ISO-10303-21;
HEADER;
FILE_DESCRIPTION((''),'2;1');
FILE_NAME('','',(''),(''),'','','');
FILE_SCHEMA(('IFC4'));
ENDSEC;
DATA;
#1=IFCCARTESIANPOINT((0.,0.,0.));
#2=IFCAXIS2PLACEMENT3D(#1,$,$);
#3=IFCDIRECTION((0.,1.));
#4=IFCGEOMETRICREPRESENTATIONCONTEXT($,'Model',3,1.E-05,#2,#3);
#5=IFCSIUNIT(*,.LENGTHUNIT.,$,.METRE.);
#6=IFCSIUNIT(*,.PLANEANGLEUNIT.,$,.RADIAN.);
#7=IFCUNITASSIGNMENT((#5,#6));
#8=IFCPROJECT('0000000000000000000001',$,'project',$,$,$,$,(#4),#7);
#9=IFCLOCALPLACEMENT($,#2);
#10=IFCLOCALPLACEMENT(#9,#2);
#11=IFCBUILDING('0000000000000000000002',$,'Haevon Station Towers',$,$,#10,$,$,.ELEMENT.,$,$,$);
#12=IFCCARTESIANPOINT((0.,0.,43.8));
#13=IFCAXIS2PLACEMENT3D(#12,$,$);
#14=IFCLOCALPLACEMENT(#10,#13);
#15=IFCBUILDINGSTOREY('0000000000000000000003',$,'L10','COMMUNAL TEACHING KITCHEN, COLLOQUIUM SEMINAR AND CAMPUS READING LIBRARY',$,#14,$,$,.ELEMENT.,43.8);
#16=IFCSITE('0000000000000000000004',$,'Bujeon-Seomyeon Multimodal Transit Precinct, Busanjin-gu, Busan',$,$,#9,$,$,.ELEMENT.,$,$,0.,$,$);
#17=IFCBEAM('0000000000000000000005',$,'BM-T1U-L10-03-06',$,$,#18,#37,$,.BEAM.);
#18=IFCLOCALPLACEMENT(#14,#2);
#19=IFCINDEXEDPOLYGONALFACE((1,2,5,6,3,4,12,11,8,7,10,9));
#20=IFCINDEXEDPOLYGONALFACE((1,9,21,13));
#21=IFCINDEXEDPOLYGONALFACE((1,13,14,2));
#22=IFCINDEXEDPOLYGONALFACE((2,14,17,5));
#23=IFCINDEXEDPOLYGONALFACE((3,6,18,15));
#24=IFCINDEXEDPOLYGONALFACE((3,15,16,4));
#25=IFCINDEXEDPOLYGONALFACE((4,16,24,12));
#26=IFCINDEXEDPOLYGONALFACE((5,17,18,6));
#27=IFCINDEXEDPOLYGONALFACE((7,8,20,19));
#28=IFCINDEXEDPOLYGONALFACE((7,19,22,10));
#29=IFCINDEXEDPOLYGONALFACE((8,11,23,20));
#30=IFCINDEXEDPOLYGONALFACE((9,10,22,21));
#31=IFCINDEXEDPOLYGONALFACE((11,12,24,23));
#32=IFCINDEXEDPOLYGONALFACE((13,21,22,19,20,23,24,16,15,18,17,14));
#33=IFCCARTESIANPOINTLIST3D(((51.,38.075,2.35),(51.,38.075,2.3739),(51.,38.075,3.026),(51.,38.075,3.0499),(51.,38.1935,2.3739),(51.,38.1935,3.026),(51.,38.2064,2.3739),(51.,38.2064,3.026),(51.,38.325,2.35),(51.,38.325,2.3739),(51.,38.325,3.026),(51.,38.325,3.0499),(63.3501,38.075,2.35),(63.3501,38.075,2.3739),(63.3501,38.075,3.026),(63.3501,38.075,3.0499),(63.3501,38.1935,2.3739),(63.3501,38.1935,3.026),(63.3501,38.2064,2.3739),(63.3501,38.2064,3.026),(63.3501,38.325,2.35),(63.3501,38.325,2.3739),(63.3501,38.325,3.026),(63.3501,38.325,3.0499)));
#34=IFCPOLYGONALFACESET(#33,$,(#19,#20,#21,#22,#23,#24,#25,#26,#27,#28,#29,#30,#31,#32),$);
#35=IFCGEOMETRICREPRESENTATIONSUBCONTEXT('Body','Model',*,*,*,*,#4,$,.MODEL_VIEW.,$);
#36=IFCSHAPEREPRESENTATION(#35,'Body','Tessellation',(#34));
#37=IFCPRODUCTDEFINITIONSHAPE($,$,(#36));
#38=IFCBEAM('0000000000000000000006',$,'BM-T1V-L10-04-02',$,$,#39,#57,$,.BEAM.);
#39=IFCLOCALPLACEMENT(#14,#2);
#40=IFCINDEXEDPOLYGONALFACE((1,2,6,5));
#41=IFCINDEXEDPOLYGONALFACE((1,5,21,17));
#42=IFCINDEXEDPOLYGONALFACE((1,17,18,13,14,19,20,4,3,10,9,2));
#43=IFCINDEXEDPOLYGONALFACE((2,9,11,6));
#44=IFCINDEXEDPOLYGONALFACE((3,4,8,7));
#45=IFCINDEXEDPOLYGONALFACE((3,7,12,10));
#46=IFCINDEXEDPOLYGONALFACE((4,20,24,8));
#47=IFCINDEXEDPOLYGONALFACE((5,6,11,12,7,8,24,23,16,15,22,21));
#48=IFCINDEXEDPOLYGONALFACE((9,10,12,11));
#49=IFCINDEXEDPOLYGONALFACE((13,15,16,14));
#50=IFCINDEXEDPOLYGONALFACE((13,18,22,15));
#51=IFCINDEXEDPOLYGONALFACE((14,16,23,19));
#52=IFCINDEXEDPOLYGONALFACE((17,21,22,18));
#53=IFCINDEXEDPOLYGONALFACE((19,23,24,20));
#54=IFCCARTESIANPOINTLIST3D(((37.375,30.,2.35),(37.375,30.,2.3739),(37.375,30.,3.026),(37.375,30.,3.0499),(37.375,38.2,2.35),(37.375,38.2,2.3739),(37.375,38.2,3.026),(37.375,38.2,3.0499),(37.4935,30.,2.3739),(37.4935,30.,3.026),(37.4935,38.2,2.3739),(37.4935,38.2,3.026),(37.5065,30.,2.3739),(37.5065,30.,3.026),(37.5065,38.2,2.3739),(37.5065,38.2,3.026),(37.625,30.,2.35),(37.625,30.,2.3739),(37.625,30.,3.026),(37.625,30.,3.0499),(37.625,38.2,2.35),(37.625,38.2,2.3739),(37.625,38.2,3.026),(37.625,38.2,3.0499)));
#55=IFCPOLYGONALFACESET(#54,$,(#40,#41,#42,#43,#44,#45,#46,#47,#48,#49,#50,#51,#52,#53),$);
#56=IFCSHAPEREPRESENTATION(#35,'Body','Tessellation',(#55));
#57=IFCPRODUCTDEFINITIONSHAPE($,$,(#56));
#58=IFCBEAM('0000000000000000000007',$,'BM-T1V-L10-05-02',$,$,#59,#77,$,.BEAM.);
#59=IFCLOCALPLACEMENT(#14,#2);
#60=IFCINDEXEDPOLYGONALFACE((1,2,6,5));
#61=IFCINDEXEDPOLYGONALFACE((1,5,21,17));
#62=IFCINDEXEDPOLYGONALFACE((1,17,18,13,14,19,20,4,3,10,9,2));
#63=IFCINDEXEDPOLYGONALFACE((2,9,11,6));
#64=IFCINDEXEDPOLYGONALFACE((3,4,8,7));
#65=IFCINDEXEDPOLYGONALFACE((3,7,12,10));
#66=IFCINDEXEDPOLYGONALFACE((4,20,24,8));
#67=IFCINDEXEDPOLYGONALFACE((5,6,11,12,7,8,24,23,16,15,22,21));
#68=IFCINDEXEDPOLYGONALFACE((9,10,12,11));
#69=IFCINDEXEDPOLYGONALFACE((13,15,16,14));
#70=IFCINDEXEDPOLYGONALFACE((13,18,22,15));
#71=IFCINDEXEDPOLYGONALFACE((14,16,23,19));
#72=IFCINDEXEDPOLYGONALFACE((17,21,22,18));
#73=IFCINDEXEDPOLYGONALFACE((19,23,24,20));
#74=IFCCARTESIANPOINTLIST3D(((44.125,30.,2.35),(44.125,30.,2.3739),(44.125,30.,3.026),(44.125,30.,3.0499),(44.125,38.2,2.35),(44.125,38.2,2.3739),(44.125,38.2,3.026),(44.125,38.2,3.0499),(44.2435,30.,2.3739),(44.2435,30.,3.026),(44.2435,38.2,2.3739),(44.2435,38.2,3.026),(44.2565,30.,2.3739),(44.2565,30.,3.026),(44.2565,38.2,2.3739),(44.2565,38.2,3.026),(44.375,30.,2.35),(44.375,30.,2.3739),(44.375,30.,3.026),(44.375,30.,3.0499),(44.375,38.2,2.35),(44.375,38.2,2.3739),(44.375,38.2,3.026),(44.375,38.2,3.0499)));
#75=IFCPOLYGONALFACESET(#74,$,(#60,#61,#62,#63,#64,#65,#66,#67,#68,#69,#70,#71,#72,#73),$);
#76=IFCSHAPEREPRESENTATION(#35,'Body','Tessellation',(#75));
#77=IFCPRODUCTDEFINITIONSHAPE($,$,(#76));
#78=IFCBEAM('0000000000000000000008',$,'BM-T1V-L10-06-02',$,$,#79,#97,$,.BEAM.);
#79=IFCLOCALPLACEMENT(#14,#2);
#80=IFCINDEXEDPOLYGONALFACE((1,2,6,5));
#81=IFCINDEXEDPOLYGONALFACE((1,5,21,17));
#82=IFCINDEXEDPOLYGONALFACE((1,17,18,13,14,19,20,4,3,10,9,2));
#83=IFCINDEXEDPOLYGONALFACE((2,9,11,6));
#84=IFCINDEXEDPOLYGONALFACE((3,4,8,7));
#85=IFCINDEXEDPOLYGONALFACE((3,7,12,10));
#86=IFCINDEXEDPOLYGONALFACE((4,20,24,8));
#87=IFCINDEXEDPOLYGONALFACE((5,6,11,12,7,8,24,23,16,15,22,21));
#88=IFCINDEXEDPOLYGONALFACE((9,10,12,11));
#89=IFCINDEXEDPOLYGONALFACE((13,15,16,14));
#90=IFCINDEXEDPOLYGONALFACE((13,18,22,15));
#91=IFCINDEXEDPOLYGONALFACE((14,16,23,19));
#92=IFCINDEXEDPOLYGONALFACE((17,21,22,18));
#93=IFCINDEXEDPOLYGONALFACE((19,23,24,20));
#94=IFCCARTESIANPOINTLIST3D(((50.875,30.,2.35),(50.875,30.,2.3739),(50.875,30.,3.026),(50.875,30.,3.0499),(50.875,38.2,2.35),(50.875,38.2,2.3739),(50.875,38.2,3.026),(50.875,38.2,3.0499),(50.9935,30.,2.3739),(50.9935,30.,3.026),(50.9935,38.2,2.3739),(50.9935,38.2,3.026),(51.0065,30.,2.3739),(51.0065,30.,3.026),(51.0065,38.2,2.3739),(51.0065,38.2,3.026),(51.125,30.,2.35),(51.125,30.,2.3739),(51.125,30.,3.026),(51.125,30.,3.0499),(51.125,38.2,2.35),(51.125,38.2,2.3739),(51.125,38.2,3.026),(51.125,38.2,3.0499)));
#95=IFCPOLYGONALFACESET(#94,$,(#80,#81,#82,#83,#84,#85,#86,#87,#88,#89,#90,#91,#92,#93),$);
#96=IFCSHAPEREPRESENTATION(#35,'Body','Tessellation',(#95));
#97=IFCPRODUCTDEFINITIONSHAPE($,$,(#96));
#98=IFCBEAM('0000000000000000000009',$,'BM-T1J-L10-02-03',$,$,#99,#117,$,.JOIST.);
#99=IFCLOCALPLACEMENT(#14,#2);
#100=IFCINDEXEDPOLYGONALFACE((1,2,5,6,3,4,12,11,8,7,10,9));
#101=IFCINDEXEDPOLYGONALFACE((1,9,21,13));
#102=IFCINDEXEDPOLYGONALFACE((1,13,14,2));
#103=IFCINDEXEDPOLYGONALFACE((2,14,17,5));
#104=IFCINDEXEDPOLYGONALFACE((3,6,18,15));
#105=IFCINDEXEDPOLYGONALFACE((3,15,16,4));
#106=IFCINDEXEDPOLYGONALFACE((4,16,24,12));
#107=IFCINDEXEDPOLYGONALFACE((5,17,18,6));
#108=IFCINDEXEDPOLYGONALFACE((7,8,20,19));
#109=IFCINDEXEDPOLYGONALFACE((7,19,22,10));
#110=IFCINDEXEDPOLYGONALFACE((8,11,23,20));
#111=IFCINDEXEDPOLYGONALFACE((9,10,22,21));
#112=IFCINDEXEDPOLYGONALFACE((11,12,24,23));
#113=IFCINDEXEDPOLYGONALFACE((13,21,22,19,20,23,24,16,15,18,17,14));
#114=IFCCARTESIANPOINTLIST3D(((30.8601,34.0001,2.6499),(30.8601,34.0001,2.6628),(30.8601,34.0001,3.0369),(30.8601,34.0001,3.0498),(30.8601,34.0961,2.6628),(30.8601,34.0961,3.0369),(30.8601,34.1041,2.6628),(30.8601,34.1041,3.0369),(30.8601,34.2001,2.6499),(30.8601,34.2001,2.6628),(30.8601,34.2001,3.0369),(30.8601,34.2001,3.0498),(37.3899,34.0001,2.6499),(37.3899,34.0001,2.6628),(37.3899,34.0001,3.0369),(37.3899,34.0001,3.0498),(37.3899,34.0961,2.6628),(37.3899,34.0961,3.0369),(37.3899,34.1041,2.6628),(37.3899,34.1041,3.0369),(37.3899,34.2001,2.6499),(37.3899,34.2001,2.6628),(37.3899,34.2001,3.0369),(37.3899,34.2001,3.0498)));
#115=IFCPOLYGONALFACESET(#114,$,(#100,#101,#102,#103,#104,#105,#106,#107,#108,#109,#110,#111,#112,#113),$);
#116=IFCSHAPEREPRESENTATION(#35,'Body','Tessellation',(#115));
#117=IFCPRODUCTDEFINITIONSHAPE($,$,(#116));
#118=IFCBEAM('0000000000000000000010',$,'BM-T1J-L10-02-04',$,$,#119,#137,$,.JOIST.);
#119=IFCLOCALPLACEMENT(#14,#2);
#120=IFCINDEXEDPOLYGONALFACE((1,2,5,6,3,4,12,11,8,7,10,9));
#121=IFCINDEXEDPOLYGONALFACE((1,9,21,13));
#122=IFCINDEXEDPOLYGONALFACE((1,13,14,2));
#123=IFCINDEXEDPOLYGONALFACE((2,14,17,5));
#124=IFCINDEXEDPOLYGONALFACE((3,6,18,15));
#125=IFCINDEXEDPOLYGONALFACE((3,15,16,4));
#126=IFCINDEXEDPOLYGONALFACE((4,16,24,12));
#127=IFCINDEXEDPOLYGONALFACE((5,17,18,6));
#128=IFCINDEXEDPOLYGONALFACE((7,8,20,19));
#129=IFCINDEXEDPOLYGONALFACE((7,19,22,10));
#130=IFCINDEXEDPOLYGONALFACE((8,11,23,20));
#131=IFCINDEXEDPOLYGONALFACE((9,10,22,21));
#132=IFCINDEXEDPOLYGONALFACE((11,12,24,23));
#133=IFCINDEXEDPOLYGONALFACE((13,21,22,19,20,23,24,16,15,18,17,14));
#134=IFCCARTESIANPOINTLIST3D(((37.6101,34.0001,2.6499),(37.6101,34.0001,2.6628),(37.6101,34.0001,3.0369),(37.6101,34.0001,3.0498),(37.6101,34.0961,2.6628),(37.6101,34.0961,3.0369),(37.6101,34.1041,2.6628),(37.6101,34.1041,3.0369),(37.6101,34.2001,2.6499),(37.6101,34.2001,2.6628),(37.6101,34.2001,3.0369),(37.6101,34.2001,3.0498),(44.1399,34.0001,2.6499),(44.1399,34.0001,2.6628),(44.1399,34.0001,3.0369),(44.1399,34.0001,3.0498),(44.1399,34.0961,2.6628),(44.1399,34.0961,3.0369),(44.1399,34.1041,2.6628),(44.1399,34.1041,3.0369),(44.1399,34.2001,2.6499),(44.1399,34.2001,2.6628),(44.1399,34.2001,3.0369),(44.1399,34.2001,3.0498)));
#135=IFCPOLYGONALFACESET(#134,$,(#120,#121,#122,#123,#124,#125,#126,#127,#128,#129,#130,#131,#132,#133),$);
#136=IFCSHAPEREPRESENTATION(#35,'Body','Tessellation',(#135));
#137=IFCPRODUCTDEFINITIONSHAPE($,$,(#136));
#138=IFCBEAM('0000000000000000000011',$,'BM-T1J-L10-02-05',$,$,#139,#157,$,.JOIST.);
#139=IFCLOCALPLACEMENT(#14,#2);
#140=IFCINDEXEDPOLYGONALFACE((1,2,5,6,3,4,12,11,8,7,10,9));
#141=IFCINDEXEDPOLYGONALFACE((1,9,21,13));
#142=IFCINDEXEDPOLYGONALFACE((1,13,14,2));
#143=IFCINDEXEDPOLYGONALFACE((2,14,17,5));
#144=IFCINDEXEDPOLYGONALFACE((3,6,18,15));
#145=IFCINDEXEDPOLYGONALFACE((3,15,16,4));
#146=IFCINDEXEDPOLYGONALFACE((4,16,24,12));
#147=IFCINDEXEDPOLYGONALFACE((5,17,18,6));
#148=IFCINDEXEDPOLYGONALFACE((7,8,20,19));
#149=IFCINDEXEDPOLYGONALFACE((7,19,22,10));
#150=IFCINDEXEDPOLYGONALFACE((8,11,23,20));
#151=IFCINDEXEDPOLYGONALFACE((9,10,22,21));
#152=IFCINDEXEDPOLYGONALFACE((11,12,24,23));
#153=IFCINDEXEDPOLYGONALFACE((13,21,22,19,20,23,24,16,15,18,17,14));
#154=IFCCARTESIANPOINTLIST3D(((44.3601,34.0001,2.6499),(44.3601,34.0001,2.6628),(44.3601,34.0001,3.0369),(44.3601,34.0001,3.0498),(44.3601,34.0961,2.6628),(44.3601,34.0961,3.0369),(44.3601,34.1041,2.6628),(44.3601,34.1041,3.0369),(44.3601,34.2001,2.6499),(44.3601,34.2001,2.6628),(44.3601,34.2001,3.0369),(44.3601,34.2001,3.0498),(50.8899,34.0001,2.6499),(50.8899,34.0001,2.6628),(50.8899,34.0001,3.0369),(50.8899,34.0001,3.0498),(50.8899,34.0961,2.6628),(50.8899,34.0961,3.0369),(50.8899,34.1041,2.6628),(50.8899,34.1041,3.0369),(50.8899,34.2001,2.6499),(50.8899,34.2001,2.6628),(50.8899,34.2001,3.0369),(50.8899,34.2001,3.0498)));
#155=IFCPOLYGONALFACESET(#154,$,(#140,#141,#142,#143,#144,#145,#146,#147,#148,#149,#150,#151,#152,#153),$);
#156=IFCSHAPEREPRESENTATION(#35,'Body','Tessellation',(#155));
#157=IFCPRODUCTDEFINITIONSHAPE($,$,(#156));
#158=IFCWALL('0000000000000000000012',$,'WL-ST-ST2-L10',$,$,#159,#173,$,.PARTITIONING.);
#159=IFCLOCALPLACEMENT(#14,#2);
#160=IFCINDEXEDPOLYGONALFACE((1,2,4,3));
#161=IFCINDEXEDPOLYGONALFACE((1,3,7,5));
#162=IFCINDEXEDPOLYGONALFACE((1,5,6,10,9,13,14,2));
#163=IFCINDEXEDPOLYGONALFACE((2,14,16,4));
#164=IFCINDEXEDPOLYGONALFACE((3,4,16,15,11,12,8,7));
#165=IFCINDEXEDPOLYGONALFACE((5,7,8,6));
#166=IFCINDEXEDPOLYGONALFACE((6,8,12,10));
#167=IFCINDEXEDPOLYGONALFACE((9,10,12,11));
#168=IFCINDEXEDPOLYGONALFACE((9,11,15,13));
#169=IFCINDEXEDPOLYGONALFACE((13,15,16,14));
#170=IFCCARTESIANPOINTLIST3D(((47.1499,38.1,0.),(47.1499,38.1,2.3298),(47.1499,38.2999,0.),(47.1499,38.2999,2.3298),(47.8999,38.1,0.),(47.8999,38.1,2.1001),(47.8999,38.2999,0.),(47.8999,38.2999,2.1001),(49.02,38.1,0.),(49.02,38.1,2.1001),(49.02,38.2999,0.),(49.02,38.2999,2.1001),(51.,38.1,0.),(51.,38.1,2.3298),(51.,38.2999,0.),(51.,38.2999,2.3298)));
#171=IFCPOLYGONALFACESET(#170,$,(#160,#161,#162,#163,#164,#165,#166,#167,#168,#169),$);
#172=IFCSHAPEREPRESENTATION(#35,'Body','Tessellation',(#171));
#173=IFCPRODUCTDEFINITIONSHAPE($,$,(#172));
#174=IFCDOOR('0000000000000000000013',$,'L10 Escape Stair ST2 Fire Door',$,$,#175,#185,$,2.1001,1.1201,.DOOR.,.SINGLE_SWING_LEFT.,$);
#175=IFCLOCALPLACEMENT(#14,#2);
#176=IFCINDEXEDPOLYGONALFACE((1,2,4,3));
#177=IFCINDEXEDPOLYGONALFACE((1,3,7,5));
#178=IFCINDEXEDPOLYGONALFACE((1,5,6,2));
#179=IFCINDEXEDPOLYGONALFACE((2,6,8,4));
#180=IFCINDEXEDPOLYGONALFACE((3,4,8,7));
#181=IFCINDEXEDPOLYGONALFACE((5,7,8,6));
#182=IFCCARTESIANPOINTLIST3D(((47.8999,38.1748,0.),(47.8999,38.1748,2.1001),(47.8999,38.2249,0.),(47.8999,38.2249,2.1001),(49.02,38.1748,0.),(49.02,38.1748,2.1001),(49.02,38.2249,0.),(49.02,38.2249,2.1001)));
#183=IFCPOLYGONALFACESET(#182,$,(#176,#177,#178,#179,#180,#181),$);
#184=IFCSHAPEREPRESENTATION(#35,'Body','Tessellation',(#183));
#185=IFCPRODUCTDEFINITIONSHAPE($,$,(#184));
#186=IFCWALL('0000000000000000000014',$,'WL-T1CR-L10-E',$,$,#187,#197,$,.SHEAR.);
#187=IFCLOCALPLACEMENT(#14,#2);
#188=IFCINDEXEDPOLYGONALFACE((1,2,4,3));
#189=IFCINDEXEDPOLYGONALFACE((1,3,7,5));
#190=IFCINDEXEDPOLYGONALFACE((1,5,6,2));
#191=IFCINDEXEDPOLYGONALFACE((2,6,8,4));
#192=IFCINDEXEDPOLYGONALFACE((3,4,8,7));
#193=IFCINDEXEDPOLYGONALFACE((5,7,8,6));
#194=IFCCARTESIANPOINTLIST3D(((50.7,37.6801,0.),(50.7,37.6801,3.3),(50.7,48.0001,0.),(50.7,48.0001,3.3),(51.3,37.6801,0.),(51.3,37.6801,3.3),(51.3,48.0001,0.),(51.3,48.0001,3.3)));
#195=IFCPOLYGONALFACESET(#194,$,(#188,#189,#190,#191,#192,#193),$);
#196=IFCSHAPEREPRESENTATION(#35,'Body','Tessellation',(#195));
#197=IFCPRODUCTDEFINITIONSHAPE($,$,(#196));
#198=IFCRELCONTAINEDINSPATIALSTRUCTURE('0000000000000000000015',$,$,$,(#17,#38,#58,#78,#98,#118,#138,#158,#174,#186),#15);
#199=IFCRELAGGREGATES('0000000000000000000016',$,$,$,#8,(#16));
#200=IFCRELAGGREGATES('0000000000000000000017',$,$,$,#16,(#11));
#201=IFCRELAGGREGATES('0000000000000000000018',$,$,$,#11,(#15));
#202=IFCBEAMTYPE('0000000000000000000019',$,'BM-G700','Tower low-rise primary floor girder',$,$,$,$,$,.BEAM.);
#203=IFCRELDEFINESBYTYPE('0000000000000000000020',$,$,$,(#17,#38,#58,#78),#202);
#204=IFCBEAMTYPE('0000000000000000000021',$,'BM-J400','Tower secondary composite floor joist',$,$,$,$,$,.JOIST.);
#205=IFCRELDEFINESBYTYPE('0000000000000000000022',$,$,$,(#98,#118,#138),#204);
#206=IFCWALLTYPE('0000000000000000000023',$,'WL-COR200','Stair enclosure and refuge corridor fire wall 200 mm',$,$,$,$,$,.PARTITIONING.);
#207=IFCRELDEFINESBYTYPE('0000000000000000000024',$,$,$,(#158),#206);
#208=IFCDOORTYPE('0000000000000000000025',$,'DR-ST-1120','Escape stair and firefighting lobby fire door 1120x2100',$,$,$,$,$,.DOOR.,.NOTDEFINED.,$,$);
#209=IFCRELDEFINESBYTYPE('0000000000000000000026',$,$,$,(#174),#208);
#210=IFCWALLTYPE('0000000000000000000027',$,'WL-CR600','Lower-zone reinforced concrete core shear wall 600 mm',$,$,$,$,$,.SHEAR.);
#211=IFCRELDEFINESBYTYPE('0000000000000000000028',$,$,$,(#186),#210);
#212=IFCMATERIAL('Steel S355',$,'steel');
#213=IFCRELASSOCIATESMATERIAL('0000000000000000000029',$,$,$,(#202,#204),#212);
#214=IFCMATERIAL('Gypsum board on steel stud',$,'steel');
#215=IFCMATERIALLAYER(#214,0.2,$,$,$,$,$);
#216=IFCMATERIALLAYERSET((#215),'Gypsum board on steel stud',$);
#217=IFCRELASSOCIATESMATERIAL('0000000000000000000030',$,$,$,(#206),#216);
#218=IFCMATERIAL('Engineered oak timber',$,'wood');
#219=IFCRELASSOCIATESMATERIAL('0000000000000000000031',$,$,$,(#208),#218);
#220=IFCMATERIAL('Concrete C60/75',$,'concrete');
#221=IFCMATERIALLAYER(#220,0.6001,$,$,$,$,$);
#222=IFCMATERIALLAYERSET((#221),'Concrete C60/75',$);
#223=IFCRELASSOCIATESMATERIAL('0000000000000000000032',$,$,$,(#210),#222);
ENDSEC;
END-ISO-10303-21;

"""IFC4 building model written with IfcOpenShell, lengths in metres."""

from ifc_helpers import new_model, si_unit, direction, frame, frame_2d, origin, origin_2d, place, context, subcontext, project, spatial, rectangle, i_section, extrude, material, layer, layer_set, material_profile, profile_set, type_object, element, fill, save


model = new_model("IFC4")

# Units and contexts
model_context = context("Model", 3, precision=1e-05, world=origin(), true_north=direction((0.0, 1.0)))
body_context = subcontext(model_context, "Body", "Model", "MODEL_VIEW")
ifc_project = project(units=[si_unit("LENGTHUNIT", "METRE"), si_unit("PLANEANGLEUNIT", "RADIAN")], contexts=[model_context])

# Site, building, storey
site_placement = place(None, origin())
site = spatial("IfcSite", under=ifc_project, at=site_placement, Name="Bujeon-Seomyeon Multimodal Transit Precinct, Busanjin-gu, Busan", CompositionType="ELEMENT", RefElevation=0.0)
building_placement = place(site_placement, origin())
building = spatial("IfcBuilding", under=site, at=building_placement, Name="Haevon Station Towers", CompositionType="ELEMENT")
storey_placement = place(building_placement, frame((0.0, 0.0, 43.8)))
storey = spatial("IfcBuildingStorey", under=building, at=storey_placement, Name="L10", Description="COMMUNAL TEACHING KITCHEN, COLLOQUIUM SEMINAR AND CAMPUS READING LIBRARY", CompositionType="ELEMENT", Elevation=43.8)

# Beams
ifc_material_1 = material(Name="Steel S355", Category="steel")
ifc_material_profile_1 = material_profile(ifc_material_1, i_section(OverallWidth=0.25, OverallDepth=0.7, WebThickness=0.0129, FlangeThickness=0.0239, at=origin_2d()), Name="H-700x250x13x24")
ifc_profile_set_1 = profile_set([ifc_material_profile_1], Name="Steel S355")
beam_type_1 = type_object("IfcBeamType", Name="BM-G700", Description="Tower low-rise primary floor girder", PredefinedType="BEAM", material=ifc_profile_set_1)
beam_1_placement = place(storey_placement, frame((51.0, 38.2, 2.7), z_axis=(1.0, 0.0, 0.0), x_axis=(0.0, 1.0, 0.0)))
element("IfcBeam", 1, at=beam_1_placement, inside=storey, type_object=beam_type_1, Name="BM-T1U-L10-03-06", PredefinedType="BEAM", context=body_context, shape_type="SweptSolid", body=[
    extrude(i_section(OverallWidth=0.25, OverallDepth=0.7, WebThickness=0.0129, FlangeThickness=0.0239, at=origin_2d()), origin(), (0.0, 0.0, 1.0), 12.3501),
])
for number, where, z_axis, x_axis, name in (
    (2, (37.5, 30.0, 2.7), (0.0, 1.0, 0.0), (-1.0, 0.0, 0.0), "BM-T1V-L10-04-02"),
    (3, (44.25, 30.0, 2.7), (0.0, 1.0, 0.0), (-1.0, 0.0, 0.0), "BM-T1V-L10-05-02"),
    (4, (51.0, 30.0, 2.7), (0.0, 1.0, 0.0), (-1.0, 0.0, 0.0), "BM-T1V-L10-06-02"),
):
    element("IfcBeam", number, at=place(storey_placement, frame(where, z_axis=z_axis, x_axis=x_axis)), inside=storey, type_object=beam_type_1, Name=name, PredefinedType="BEAM", context=body_context, shape_type="SweptSolid", body=[
        extrude(i_section(OverallWidth=0.25, OverallDepth=0.7, WebThickness=0.0129, FlangeThickness=0.0239, at=origin_2d()), origin(), (0.0, 0.0, 1.0), 8.2),
    ])
ifc_material_profile_2 = material_profile(ifc_material_1, i_section(OverallWidth=0.2, OverallDepth=0.3999, WebThickness=0.0081, FlangeThickness=0.0129, at=origin_2d()), Name="H-400x200x8x13")
ifc_profile_set_2 = profile_set([ifc_material_profile_2], Name="Steel S355")
beam_type_2 = type_object("IfcBeamType", Name="BM-J400", Description="Tower secondary composite floor joist", PredefinedType="JOIST", material=ifc_profile_set_2)
for number, where, z_axis, x_axis, name in (
    (5, (30.8601, 34.1001, 2.8499), (1.0, 0.0, 0.0), (0.0, 1.0, 0.0), "BM-T1J-L10-02-03"),
    (6, (37.6101, 34.1001, 2.8499), (1.0, 0.0, 0.0), (0.0, 1.0, 0.0), "BM-T1J-L10-02-04"),
    (7, (44.3601, 34.1001, 2.8499), (1.0, 0.0, 0.0), (0.0, 1.0, 0.0), "BM-T1J-L10-02-05"),
):
    element("IfcBeam", number, at=place(storey_placement, frame(where, z_axis=z_axis, x_axis=x_axis)), inside=storey, type_object=beam_type_2, Name=name, PredefinedType="JOIST", context=body_context, shape_type="SweptSolid", body=[
        extrude(i_section(OverallWidth=0.2, OverallDepth=0.3999, WebThickness=0.0081, FlangeThickness=0.0129, at=origin_2d()), origin(), (0.0, 0.0, 1.0), 6.5298),
    ])

# Wall, opening, door
ifc_material_2 = material(Name="Gypsum board on steel stud", Category="steel")
ifc_layer_1 = layer(ifc_material_2, 0.2)
ifc_layer_set_1 = layer_set([ifc_layer_1], Name="Gypsum board on steel stud")
wall_type_1 = type_object("IfcWallType", Name="WL-COR200", Description="Stair enclosure and refuge corridor fire wall 200 mm", PredefinedType="PARTITIONING", material=ifc_layer_set_1)
wall_1_placement = place(storey_placement, frame((47.1499, 38.2, 0.0), z_axis=(0.0, 0.0, 1.0), x_axis=(1.0, 0.0, 0.0)))
wall_1 = element("IfcWall", 8, at=wall_1_placement, inside=storey, type_object=wall_type_1, Name="WL-ST-ST2-L10", PredefinedType="PARTITIONING", context=body_context, shape_type="SweptSolid", body=[
    extrude(rectangle(XDim=3.8501, YDim=0.2, at=frame_2d((1.925, 0.0))), origin(), (0.0, 0.0, 1.0), 2.3298),
])
opening_placement = place(wall_1_placement, frame((0.75, 0.0, 0.0)))
opening = element("IfcOpeningElement", 9, at=opening_placement, cuts=wall_1, PredefinedType="OPENING", context=body_context, shape_type="SweptSolid", body=[
    extrude(rectangle(XDim=1.1201, YDim=2.1001, at=frame_2d((0.5601, 1.05))), frame((0.0, 0.1099, 0.0), z_axis=(0.0, -1.0, 0.0), x_axis=(1.0, 0.0, 0.0)), (0.0, 0.0, 1.0), 0.22),
])
ifc_material_3 = material(Name="Engineered oak timber", Category="wood")
door_type = type_object("IfcDoorType", Name="DR-ST-1120", Description="Escape stair and firefighting lobby fire door 1120x2100", OperationType="NOTDEFINED", PredefinedType="DOOR", material=ifc_material_3)
door_placement = place(opening_placement, origin())
door = element("IfcDoor", 10, at=door_placement, inside=storey, type_object=door_type, Name="L10 Escape Stair ST2 Fire Door", OperationType="SINGLE_SWING_LEFT", OverallHeight=2.1001, OverallWidth=1.1201, PredefinedType="DOOR", context=body_context, shape_type="SweptSolid", body=[
    extrude(rectangle(XDim=1.1201, YDim=2.1001, at=frame_2d((0.5601, 1.05))), frame((0.0, 0.0249, 0.0), z_axis=(0.0, -1.0, 0.0), x_axis=(1.0, 0.0, 0.0)), (0.0, 0.0, 1.0), 0.05),
])
fill(opening, door)

# Wall
ifc_material_4 = material(Name="Concrete C60/75", Category="concrete")
ifc_layer_2 = layer(ifc_material_4, 0.6001)
ifc_layer_set_2 = layer_set([ifc_layer_2], Name="Concrete C60/75")
wall_type_2 = type_object("IfcWallType", Name="WL-CR600", Description="Lower-zone reinforced concrete core shear wall 600 mm", PredefinedType="SHEAR", material=ifc_layer_set_2)
wall_2_placement = place(storey_placement, frame((51.0, 37.6799, 0.0), z_axis=(0.0, 0.0, 1.0), x_axis=(0.0, 1.0, 0.0)))
element("IfcWall", 11, at=wall_2_placement, inside=storey, type_object=wall_type_2, Name="WL-T1CR-L10-E", PredefinedType="SHEAR", context=body_context, shape_type="SweptSolid", body=[
    extrude(rectangle(XDim=10.3201, YDim=0.6001, at=frame_2d((5.1602, 0.0))), origin(), (0.0, 0.0, 1.0), 3.3),
])

save(model, "model.ifc")
